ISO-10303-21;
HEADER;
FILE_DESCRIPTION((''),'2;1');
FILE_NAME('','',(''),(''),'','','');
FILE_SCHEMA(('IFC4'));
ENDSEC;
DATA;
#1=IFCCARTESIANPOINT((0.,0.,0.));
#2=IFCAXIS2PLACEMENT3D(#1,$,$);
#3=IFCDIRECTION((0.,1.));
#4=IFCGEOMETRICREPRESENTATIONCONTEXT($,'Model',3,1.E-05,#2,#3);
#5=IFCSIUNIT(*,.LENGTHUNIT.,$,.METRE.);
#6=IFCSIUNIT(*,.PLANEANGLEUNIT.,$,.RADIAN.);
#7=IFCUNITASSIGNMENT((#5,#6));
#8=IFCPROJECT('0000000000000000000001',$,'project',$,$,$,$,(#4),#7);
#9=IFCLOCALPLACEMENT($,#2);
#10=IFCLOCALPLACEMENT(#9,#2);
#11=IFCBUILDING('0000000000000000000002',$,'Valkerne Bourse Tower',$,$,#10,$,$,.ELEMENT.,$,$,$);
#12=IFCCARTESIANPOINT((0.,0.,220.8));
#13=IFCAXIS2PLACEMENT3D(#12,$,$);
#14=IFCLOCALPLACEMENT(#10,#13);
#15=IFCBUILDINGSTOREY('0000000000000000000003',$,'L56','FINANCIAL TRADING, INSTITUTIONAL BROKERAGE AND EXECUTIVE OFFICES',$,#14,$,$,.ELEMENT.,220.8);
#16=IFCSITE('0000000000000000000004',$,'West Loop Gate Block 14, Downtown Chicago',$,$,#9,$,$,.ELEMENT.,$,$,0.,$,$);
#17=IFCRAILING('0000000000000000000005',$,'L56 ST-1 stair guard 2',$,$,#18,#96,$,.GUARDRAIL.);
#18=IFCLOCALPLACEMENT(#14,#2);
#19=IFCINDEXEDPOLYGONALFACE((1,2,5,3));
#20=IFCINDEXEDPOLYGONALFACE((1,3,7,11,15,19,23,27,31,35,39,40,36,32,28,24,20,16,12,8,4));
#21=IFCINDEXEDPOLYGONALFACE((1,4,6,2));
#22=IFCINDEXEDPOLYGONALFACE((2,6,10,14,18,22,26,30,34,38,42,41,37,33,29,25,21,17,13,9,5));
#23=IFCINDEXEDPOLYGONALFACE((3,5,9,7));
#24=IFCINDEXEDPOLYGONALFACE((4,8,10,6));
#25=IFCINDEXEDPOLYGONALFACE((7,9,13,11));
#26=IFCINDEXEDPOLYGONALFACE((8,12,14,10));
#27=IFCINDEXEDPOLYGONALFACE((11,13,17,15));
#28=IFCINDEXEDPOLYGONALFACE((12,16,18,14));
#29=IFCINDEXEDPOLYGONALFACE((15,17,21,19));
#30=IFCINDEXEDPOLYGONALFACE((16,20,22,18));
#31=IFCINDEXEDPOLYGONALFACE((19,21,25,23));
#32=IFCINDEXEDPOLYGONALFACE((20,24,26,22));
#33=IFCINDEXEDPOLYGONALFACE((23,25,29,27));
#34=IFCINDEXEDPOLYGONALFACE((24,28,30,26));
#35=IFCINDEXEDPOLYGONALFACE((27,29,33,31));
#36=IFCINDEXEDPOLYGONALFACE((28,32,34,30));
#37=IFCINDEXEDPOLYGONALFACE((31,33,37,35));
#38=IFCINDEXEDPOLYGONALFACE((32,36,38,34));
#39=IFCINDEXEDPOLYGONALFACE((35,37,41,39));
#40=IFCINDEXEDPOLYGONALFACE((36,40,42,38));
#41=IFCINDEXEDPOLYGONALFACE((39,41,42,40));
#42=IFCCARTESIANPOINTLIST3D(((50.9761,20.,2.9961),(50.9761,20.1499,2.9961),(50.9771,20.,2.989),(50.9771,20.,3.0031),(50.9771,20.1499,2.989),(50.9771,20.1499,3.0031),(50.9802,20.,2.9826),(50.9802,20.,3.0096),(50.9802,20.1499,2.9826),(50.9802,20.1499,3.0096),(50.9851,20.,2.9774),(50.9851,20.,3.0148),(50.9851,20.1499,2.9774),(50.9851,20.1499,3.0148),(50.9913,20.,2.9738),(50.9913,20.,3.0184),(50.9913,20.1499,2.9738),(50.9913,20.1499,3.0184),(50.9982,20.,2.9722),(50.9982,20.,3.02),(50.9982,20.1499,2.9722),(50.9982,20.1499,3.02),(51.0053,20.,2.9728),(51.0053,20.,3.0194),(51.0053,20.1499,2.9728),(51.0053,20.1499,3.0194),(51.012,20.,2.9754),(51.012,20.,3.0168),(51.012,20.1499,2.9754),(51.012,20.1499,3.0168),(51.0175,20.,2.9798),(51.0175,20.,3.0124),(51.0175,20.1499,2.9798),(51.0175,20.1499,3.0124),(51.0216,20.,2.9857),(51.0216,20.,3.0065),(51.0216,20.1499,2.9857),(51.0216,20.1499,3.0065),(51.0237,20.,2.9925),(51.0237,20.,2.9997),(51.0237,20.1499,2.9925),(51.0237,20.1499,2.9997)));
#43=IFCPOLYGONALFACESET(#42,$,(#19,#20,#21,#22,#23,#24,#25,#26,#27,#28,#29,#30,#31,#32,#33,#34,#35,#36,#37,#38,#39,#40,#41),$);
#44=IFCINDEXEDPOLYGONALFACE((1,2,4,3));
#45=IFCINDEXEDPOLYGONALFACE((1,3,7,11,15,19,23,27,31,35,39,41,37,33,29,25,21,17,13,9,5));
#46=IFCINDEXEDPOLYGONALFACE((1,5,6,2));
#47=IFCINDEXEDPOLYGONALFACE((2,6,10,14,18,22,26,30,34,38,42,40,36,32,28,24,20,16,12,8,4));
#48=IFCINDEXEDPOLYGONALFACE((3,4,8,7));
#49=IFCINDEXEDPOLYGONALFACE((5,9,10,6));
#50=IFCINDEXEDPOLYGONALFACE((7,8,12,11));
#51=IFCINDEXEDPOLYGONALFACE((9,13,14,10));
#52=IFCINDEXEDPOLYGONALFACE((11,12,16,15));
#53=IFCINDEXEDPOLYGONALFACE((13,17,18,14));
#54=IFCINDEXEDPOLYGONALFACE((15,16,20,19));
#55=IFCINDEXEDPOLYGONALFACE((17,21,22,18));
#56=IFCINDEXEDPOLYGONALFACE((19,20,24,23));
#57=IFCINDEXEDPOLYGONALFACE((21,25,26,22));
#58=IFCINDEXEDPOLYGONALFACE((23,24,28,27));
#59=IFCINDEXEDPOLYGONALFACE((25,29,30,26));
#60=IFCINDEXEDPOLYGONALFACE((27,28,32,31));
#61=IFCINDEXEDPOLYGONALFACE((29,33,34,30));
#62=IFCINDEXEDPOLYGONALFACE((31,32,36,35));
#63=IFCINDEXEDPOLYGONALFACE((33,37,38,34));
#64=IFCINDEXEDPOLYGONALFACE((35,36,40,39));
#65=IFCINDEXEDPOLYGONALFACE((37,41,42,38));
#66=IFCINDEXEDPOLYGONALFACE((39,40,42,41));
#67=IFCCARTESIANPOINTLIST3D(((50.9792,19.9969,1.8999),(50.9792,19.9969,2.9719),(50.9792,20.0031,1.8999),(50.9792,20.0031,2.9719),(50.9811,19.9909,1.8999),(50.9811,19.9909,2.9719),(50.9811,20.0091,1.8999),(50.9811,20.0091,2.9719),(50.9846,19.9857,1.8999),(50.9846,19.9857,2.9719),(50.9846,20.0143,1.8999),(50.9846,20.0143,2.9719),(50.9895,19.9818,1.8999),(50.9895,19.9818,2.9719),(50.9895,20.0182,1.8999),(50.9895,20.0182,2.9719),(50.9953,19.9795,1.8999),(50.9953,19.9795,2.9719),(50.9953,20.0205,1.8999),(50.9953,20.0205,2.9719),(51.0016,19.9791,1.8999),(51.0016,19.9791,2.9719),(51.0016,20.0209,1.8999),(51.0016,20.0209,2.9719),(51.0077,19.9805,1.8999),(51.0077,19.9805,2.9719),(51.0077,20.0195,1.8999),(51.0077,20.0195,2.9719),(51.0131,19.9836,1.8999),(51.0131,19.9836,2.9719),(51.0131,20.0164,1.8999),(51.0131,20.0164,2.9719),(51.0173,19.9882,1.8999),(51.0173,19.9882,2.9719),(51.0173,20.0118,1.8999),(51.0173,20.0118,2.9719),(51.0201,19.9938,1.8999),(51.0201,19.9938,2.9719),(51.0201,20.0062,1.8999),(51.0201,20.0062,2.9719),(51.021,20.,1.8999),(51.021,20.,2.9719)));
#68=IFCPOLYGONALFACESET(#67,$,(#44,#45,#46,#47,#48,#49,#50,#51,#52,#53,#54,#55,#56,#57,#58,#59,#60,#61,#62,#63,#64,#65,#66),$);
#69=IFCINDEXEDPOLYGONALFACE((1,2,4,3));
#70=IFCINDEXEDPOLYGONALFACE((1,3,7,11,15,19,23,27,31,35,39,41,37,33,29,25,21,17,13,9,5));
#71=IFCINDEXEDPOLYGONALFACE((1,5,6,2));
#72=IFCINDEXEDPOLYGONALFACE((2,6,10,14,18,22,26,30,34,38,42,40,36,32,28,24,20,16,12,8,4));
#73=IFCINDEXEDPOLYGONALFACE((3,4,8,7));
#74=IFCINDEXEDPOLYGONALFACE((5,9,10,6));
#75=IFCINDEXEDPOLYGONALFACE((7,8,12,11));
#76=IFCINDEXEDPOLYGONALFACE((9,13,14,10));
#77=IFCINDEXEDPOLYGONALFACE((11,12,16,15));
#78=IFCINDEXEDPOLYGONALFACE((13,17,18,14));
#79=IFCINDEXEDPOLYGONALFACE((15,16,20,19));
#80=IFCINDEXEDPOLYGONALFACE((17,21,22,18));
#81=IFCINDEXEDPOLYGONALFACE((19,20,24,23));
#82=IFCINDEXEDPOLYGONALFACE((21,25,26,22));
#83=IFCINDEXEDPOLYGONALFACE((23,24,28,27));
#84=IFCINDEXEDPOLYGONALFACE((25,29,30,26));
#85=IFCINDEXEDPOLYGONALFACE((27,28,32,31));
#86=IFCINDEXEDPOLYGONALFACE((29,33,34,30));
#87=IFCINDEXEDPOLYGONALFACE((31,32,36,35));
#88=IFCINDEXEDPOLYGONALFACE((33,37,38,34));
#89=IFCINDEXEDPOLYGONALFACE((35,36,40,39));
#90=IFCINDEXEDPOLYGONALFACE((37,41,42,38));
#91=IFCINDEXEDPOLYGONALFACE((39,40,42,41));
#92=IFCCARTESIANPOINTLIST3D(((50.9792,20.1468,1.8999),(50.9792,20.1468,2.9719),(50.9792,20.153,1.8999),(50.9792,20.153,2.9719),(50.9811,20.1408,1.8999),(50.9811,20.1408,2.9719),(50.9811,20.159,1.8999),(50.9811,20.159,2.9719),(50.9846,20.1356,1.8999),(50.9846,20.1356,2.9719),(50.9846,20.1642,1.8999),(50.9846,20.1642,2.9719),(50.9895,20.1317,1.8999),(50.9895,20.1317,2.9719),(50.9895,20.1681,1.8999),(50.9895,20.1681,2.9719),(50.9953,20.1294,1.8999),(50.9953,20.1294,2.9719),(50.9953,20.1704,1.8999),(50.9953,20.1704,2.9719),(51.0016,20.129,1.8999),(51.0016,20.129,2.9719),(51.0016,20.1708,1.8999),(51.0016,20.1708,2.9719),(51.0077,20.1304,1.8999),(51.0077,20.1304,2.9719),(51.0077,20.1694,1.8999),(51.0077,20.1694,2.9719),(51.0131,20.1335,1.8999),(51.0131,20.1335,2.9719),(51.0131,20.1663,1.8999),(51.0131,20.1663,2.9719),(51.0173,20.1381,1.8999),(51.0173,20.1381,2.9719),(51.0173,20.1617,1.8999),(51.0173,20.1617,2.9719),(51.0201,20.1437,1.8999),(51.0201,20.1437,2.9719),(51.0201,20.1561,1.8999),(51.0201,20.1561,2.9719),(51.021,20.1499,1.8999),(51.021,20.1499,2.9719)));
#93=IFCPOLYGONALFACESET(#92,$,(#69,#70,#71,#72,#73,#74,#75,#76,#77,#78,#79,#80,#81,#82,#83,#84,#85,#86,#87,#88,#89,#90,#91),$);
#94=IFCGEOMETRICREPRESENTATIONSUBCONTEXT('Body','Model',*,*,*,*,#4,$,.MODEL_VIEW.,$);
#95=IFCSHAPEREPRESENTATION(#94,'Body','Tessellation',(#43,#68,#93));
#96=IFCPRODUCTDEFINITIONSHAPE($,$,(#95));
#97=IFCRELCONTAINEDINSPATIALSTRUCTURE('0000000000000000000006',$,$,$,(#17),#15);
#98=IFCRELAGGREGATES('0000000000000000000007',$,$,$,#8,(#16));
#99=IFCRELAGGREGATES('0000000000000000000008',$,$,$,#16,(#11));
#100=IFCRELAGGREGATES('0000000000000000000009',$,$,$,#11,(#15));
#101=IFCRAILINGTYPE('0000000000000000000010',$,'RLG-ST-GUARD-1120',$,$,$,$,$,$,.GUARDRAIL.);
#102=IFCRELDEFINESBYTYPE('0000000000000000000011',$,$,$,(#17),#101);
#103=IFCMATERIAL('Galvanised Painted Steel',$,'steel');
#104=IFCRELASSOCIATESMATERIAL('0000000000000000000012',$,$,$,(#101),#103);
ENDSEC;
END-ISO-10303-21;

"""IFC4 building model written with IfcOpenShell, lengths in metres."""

from ifc_helpers import new_model, si_unit, direction, frame, origin, origin_2d, place, context, subcontext, project, spatial, circle, extrude, material, type_object, element, save


model = new_model("IFC4")

# Units and contexts
model_context = context("Model", 3, precision=1e-05, world=origin(), true_north=direction((0.0, 1.0)))
body_context = subcontext(model_context, "Body", "Model", "MODEL_VIEW")
ifc_project = project(units=[si_unit("LENGTHUNIT", "METRE"), si_unit("PLANEANGLEUNIT", "RADIAN")], contexts=[model_context])

# Site, building, storey
site_placement = place(None, origin())
site = spatial("IfcSite", under=ifc_project, at=site_placement, Name="West Loop Gate Block 14, Downtown Chicago", CompositionType="ELEMENT", RefElevation=0.0)
building_placement = place(site_placement, origin())
building = spatial("IfcBuilding", under=site, at=building_placement, Name="Valkerne Bourse Tower", CompositionType="ELEMENT")
storey_placement = place(building_placement, frame((0.0, 0.0, 220.8)))
storey = spatial("IfcBuildingStorey", under=building, at=storey_placement, Name="L56", Description="FINANCIAL TRADING, INSTITUTIONAL BROKERAGE AND EXECUTIVE OFFICES", CompositionType="ELEMENT", Elevation=220.8)

# Shared definitions
ifc_material_1 = material(Name="Galvanised Painted Steel", Category="steel")

# Railing
railing_type_1 = type_object("IfcRailingType", Name="RLG-ST-GUARD-1120", PredefinedType="GUARDRAIL", material=ifc_material_1)
railing_1_placement = place(storey_placement, frame((51.0, 20.0, 1.8999)))
element("IfcRailing", 1, at=railing_1_placement, inside=storey, type_object=railing_type_1, Name="L56 ST-1 stair guard 2", PredefinedType="GUARDRAIL", context=body_context, shape_type="SweptSolid", body=[
    extrude(circle(Radius=0.0239, at=origin_2d()), frame((0.0, 0.0, 1.0962), z_axis=(0.0, 1.0, 0.0), x_axis=(-1.0, 0.0, 0.0)), (0.0, 0.0, 1.0), 0.1499),
    extrude(circle(Radius=0.021, at=origin_2d()), origin(), (0.0, 0.0, 1.0), 1.072),
    extrude(circle(Radius=0.021, at=origin_2d()), frame((0.0, 0.1499, 0.0)), (0.0, 0.0, 1.0), 1.072),
])

save(model, "model.ifc")
